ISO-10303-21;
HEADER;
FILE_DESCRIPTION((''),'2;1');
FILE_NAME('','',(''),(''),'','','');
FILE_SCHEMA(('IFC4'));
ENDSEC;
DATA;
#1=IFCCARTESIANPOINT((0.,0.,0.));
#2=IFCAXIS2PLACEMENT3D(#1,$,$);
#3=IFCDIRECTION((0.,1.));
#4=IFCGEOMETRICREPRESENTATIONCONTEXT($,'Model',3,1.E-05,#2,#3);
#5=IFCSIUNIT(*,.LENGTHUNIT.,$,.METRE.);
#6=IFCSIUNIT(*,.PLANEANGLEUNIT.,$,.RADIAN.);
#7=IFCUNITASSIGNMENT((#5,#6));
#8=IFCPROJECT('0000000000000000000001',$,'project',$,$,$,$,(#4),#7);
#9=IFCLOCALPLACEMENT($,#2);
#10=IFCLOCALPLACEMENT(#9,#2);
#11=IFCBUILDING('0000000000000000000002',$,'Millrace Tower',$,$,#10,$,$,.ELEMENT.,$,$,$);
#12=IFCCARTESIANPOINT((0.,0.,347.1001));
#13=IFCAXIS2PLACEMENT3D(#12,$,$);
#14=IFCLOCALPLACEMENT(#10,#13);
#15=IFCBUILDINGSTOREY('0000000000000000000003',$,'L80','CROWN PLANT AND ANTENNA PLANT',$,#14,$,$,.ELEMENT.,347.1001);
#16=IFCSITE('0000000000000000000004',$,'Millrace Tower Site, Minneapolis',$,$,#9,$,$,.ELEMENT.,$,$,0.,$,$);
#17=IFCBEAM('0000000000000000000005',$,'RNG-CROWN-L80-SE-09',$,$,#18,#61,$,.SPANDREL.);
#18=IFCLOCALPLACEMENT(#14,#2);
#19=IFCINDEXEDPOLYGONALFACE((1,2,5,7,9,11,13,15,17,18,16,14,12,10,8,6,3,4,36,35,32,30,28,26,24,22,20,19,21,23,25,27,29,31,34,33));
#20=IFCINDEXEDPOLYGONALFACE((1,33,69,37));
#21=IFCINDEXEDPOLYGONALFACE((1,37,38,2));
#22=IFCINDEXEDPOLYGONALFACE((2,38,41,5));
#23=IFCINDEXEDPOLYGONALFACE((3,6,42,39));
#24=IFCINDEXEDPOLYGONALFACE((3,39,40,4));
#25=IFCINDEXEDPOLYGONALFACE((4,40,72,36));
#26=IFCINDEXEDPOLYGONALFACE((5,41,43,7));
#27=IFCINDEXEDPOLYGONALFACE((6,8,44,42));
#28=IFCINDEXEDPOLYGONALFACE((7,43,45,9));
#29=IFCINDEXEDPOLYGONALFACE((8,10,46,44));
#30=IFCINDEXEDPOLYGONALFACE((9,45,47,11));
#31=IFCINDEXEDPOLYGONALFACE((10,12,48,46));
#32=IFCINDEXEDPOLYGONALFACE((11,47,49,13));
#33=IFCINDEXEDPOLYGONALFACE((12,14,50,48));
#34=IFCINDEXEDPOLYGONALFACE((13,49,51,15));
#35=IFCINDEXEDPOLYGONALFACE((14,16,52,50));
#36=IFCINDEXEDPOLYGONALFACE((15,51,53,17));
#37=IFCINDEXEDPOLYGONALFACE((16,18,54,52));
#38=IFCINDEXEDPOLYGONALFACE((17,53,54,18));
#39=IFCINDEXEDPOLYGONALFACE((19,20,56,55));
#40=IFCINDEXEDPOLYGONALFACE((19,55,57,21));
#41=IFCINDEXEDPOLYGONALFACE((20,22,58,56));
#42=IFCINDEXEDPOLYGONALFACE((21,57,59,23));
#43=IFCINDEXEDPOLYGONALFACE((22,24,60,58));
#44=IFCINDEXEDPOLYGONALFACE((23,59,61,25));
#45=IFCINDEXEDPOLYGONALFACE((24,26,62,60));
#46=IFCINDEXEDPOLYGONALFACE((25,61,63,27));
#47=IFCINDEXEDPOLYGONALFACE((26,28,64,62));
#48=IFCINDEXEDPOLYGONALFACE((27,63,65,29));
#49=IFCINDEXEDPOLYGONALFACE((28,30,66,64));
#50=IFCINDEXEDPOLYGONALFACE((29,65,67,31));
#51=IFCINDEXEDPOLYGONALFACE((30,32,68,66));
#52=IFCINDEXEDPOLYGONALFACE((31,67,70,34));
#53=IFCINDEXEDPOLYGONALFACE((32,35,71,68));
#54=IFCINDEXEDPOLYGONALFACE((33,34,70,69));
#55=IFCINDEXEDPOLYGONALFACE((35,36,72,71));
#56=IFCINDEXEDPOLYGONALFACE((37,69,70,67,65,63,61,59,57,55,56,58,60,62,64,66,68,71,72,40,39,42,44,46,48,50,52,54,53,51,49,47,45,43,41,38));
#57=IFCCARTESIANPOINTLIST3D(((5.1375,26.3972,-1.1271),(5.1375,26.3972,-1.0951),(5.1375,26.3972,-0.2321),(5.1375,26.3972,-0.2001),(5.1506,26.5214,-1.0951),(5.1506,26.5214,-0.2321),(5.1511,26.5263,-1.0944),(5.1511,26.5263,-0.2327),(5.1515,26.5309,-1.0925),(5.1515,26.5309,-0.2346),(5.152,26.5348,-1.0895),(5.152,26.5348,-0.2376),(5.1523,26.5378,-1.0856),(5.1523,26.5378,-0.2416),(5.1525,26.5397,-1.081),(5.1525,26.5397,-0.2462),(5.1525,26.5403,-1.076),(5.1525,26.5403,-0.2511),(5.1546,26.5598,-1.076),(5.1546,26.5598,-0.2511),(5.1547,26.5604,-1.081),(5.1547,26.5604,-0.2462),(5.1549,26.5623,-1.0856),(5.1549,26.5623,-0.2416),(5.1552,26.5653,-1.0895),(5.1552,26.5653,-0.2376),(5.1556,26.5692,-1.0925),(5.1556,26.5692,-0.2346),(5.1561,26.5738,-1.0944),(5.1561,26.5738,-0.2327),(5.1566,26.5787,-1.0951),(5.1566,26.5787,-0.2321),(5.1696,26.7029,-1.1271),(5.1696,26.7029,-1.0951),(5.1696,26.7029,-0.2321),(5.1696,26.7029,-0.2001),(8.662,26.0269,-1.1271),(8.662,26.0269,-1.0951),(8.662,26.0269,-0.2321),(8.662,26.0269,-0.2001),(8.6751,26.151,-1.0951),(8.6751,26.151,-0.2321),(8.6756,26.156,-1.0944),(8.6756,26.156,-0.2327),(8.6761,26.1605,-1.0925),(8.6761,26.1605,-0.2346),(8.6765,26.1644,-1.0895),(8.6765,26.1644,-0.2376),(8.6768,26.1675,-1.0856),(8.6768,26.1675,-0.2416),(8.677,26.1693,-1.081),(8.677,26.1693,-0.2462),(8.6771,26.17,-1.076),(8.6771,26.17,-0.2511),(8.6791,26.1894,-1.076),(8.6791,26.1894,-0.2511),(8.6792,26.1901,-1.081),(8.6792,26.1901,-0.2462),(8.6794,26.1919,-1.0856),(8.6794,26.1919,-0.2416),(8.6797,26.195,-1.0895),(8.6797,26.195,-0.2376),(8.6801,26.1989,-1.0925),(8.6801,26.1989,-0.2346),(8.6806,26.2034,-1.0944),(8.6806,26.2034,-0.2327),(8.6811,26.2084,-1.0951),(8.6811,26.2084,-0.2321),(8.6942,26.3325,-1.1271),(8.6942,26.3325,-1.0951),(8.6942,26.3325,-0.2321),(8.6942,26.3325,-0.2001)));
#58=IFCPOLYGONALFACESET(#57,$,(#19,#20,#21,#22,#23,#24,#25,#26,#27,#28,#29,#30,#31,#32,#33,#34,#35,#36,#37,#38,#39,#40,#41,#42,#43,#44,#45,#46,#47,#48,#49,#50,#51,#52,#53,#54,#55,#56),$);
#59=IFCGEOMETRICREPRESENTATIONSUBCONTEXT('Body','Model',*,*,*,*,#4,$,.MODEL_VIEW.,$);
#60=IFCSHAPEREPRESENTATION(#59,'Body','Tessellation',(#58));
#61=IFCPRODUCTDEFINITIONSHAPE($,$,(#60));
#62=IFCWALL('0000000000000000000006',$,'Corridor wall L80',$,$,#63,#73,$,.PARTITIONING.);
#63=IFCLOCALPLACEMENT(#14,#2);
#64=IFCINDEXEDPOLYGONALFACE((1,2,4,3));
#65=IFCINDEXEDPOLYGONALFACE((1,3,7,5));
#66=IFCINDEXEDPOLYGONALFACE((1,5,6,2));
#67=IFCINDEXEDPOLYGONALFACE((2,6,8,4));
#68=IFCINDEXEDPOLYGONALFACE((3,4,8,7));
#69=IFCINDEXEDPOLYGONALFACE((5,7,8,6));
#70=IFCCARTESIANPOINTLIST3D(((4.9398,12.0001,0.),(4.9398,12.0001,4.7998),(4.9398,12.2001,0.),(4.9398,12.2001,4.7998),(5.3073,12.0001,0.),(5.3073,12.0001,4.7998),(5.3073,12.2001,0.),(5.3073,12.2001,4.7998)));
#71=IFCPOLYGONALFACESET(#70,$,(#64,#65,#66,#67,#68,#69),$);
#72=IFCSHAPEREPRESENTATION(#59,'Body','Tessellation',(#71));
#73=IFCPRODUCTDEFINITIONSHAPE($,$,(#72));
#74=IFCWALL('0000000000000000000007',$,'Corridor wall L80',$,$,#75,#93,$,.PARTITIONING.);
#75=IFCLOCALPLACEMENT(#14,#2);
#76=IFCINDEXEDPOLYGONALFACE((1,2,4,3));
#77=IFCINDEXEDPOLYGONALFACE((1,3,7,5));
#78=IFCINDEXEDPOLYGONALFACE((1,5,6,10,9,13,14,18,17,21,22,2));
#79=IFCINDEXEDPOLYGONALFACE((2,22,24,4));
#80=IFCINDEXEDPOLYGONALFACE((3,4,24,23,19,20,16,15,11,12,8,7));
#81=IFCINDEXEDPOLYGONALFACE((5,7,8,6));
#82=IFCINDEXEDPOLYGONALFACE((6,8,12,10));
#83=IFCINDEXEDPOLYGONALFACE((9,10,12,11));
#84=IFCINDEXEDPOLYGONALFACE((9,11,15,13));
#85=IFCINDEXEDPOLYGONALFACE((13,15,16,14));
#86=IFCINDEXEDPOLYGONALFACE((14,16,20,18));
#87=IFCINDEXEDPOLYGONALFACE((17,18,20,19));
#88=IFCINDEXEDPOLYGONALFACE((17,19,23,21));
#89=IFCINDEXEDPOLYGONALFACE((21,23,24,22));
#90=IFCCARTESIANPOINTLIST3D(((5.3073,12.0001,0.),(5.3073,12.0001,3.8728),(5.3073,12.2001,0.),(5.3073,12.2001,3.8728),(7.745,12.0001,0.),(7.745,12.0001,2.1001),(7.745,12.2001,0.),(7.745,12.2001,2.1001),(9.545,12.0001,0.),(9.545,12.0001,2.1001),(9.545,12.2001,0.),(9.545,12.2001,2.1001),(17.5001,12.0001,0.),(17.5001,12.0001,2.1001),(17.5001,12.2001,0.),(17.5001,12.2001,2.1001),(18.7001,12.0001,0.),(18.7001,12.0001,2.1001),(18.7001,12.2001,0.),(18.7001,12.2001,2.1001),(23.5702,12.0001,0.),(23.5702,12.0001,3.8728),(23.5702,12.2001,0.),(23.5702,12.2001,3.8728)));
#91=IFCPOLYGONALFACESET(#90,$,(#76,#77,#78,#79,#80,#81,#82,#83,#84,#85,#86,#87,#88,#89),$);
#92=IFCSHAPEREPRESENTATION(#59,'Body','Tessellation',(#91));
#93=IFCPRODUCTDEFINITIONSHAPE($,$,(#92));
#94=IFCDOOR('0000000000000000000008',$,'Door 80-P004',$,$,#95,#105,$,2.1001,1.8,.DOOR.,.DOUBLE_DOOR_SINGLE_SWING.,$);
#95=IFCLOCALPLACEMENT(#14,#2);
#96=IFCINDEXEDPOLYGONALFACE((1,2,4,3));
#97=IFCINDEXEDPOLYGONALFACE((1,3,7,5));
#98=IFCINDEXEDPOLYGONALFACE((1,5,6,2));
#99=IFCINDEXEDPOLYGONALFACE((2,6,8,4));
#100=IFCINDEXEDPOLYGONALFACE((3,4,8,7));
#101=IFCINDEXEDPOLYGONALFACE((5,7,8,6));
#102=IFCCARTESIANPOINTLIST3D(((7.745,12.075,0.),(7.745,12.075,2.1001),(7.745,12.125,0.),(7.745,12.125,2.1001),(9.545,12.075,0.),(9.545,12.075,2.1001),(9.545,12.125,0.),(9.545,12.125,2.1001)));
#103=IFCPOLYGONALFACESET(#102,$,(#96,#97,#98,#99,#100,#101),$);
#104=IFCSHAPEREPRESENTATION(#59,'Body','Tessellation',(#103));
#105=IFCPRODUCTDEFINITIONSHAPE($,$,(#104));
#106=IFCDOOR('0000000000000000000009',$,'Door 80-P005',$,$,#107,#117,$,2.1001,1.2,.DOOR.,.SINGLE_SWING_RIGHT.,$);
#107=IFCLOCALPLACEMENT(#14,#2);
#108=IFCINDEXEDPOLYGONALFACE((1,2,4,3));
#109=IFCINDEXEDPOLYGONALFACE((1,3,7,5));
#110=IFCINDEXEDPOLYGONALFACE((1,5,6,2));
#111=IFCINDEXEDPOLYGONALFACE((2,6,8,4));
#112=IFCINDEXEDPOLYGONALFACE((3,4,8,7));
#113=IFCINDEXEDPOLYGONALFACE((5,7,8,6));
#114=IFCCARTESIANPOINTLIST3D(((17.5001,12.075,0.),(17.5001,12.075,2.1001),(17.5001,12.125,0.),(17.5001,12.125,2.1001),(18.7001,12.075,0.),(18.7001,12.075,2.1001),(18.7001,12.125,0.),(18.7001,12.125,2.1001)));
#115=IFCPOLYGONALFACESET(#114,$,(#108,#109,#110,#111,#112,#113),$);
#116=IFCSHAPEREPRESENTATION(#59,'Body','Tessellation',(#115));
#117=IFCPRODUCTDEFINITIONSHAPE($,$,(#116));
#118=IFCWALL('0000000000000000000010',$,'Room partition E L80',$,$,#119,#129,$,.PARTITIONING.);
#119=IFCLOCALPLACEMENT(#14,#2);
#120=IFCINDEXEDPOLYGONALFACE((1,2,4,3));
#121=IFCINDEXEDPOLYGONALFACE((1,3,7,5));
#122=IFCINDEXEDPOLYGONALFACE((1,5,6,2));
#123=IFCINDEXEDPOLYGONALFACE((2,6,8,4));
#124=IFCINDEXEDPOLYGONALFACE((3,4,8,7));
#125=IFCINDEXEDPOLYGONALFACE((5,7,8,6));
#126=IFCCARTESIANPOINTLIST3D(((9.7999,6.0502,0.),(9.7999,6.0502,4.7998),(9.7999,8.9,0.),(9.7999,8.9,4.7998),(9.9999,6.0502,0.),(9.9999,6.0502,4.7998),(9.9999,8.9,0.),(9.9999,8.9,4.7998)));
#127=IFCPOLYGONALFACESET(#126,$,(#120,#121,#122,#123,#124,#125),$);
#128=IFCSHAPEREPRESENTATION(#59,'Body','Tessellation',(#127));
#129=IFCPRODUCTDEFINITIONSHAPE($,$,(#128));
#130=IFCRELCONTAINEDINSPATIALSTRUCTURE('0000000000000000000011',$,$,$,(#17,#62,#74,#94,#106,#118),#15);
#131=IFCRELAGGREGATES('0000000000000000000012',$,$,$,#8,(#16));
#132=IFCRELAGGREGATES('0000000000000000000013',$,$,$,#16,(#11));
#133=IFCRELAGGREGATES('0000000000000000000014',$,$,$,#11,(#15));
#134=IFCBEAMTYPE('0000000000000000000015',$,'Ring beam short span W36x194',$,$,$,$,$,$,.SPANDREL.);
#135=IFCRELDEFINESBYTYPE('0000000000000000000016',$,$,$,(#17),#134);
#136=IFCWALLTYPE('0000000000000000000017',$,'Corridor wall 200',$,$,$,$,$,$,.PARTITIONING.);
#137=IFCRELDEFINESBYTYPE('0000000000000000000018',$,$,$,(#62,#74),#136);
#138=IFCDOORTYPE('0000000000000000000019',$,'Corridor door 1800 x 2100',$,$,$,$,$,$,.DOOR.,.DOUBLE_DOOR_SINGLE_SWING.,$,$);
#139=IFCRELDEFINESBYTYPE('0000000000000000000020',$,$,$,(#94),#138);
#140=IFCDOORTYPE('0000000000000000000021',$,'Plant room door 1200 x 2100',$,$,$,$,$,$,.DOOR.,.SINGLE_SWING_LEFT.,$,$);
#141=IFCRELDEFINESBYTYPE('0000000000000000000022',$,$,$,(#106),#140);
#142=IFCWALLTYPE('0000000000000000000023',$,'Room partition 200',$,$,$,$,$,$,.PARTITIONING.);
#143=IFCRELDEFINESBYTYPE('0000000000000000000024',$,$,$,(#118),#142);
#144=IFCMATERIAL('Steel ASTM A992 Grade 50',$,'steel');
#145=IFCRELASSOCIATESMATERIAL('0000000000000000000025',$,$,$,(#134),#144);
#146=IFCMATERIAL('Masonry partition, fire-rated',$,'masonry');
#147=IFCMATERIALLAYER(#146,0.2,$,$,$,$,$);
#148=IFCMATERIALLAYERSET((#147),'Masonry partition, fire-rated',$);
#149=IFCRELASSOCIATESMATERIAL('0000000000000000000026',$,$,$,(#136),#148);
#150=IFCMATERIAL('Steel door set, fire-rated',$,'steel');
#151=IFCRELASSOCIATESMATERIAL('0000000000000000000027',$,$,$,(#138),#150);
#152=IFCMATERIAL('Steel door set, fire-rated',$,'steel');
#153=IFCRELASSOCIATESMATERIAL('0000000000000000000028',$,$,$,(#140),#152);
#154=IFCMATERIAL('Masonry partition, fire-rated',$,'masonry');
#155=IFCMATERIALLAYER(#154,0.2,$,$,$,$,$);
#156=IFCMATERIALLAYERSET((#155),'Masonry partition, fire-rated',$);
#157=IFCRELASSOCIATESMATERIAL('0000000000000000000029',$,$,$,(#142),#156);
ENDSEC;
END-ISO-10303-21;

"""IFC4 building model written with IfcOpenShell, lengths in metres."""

from ifc_helpers import new_model, si_unit, direction, frame, frame_2d, origin, origin_2d, place, context, subcontext, project, spatial, rectangle, i_section, extrude, material, layer, layer_set, material_profile, profile_set, type_object, element, fill, save


model = new_model("IFC4")

# Units and contexts
model_context = context("Model", 3, precision=1e-05, world=origin(), true_north=direction((0.0, 1.0)))
body_context = subcontext(model_context, "Body", "Model", "MODEL_VIEW")
ifc_project = project(units=[si_unit("LENGTHUNIT", "METRE"), si_unit("PLANEANGLEUNIT", "RADIAN")], contexts=[model_context])

# Site, building, storey
site_placement = place(None, origin())
site = spatial("IfcSite", under=ifc_project, at=site_placement, Name="Millrace Tower Site, Minneapolis", CompositionType="ELEMENT", RefElevation=0.0)
building_placement = place(site_placement, origin())
building = spatial("IfcBuilding", under=site, at=building_placement, Name="Millrace Tower", CompositionType="ELEMENT")
storey_placement = place(building_placement, frame((0.0, 0.0, 347.1001)))
storey = spatial("IfcBuildingStorey", under=building, at=storey_placement, Name="L80", Description="CROWN PLANT AND ANTENNA PLANT", CompositionType="ELEMENT", Elevation=347.1001)

# Beam
ifc_material_1 = material(Name="Steel ASTM A992 Grade 50", Category="steel")
ifc_material_profile_1 = material_profile(ifc_material_1, i_section(OverallWidth=0.3074, OverallDepth=0.927, WebThickness=0.0195, FlangeThickness=0.032, FilletRadius=0.019, at=origin_2d()))
ifc_profile_set_1 = profile_set([ifc_material_profile_1], Name="Steel ASTM A992 Grade 50")
beam_type_1 = type_object("IfcBeamType", Name="Ring beam short span W36x194", PredefinedType="SPANDREL", material=ifc_profile_set_1)
beam_1_placement = place(storey_placement, frame((5.1536, 26.55, -0.6636), z_axis=(0.994525, -0.104502, 0.0), x_axis=(0.104502, 0.994525, 0.0)))
element("IfcBeam", 1, at=beam_1_placement, inside=storey, type_object=beam_type_1, Name="RNG-CROWN-L80-SE-09", PredefinedType="SPANDREL", context=body_context, shape_type="SweptSolid", body=[
    extrude(i_section(OverallWidth=0.3074, OverallDepth=0.927, WebThickness=0.0195, FlangeThickness=0.032, FilletRadius=0.019, at=origin_2d()), origin(), (0.0, 0.0, 1.0), 3.5439),
])

# Wall
ifc_material_2 = material(Name="Masonry partition, fire-rated", Category="masonry")
ifc_layer_1 = layer(ifc_material_2, 0.2)
ifc_layer_set_1 = layer_set([ifc_layer_1], Name="Masonry partition, fire-rated")
wall_type_1 = type_object("IfcWallType", Name="Corridor wall 200", PredefinedType="PARTITIONING", material=ifc_layer_set_1)
wall_1_placement = place(storey_placement, frame((4.9399, 12.1001, 0.0), z_axis=(0.0, 0.0, 1.0), x_axis=(1.0, 0.0, 0.0)))
element("IfcWall", 2, at=wall_1_placement, inside=storey, type_object=wall_type_1, Name="Corridor wall L80", PredefinedType="PARTITIONING", context=body_context, shape_type="SweptSolid", body=[
    extrude(rectangle(XDim=0.3674, YDim=0.2, at=frame_2d((0.1836, 0.0))), origin(), (0.0, 0.0, 1.0), 4.7998),
])

# Wall, openings, doors
wall_2_placement = place(storey_placement, frame((5.3074, 12.1001, 0.0), z_axis=(0.0, 0.0, 1.0), x_axis=(1.0, 0.0, 0.0)))
wall_2 = element("IfcWall", 3, at=wall_2_placement, inside=storey, type_object=wall_type_1, Name="Corridor wall L80", PredefinedType="PARTITIONING", context=body_context, shape_type="SweptSolid", body=[
    extrude(rectangle(XDim=18.2629, YDim=0.2, at=frame_2d((9.1313, 0.0))), origin(), (0.0, 0.0, 1.0), 3.8728),
])
opening_1_placement = place(wall_2_placement, frame((2.4377, 0.0, 0.0)))
opening_1 = element("IfcOpeningElement", 4, at=opening_1_placement, cuts=wall_2, PredefinedType="OPENING", context=body_context, shape_type="SweptSolid", body=[
    extrude(rectangle(XDim=1.8, YDim=2.1001, at=frame_2d((0.8999, 1.05))), frame((0.0, 0.1099, 0.0), z_axis=(0.0, -1.0, 0.0), x_axis=(1.0, 0.0, 0.0)), (0.0, 0.0, 1.0), 0.22),
])
opening_2_placement = place(wall_2_placement, frame((12.1926, 0.0, 0.0)))
opening_2 = element("IfcOpeningElement", 5, at=opening_2_placement, cuts=wall_2, PredefinedType="OPENING", context=body_context, shape_type="SweptSolid", body=[
    extrude(rectangle(XDim=1.2, YDim=2.1001, at=frame_2d((0.6001, 1.05))), frame((0.0, 0.1099, 0.0), z_axis=(0.0, -1.0, 0.0), x_axis=(1.0, 0.0, 0.0)), (0.0, 0.0, 1.0), 0.22),
])
ifc_material_3 = material(Name="Steel door set, fire-rated", Category="steel")
door_type_1 = type_object("IfcDoorType", Name="Corridor door 1800 x 2100", OperationType="DOUBLE_DOOR_SINGLE_SWING", PredefinedType="DOOR", material=ifc_material_3)
door_1_placement = place(opening_1_placement, origin())
door_1 = element("IfcDoor", 6, at=door_1_placement, inside=storey, type_object=door_type_1, Name="Door 80-P004", OperationType="DOUBLE_DOOR_SINGLE_SWING", OverallHeight=2.1001, OverallWidth=1.8, PredefinedType="DOOR", context=body_context, shape_type="SweptSolid", body=[
    extrude(rectangle(XDim=1.8, YDim=2.1001, at=frame_2d((0.8999, 1.05))), frame((0.0, 0.0249, 0.0), z_axis=(0.0, -1.0, 0.0), x_axis=(1.0, 0.0, 0.0)), (0.0, 0.0, 1.0), 0.05),
])
fill(opening_1, door_1)
ifc_material_4 = material(Name="Steel door set, fire-rated", Category="steel")
door_type_2 = type_object("IfcDoorType", Name="Plant room door 1200 x 2100", OperationType="SINGLE_SWING_LEFT", PredefinedType="DOOR", material=ifc_material_4)
door_2_placement = place(opening_2_placement, origin())
door_2 = element("IfcDoor", 7, at=door_2_placement, inside=storey, type_object=door_type_2, Name="Door 80-P005", OperationType="SINGLE_SWING_RIGHT", OverallHeight=2.1001, OverallWidth=1.2, PredefinedType="DOOR", context=body_context, shape_type="SweptSolid", body=[
    extrude(rectangle(XDim=1.2, YDim=2.1001, at=frame_2d((0.6001, 1.05))), frame((0.0, 0.0249, 0.0), z_axis=(0.0, -1.0, 0.0), x_axis=(1.0, 0.0, 0.0)), (0.0, 0.0, 1.0), 0.05),
])
fill(opening_2, door_2)

# Wall
ifc_material_5 = material(Name="Masonry partition, fire-rated", Category="masonry")
ifc_layer_2 = layer(ifc_material_5, 0.2)
ifc_layer_set_2 = layer_set([ifc_layer_2], Name="Masonry partition, fire-rated")
wall_type_2 = type_object("IfcWallType", Name="Room partition 200", PredefinedType="PARTITIONING", material=ifc_layer_set_2)
wall_3_placement = place(storey_placement, frame((9.8999, 8.8999, 0.0), z_axis=(0.0, 0.0, 1.0), x_axis=(0.0, -1.0, 0.0)))
element("IfcWall", 8, at=wall_3_placement, inside=storey, type_object=wall_type_2, Name="Room partition E L80", PredefinedType="PARTITIONING", context=body_context, shape_type="SweptSolid", body=[
    extrude(rectangle(XDim=2.8499, YDim=0.2, at=frame_2d((1.4248, 0.0))), origin(), (0.0, 0.0, 1.0), 4.7998),
])

save(model, "model.ifc")
